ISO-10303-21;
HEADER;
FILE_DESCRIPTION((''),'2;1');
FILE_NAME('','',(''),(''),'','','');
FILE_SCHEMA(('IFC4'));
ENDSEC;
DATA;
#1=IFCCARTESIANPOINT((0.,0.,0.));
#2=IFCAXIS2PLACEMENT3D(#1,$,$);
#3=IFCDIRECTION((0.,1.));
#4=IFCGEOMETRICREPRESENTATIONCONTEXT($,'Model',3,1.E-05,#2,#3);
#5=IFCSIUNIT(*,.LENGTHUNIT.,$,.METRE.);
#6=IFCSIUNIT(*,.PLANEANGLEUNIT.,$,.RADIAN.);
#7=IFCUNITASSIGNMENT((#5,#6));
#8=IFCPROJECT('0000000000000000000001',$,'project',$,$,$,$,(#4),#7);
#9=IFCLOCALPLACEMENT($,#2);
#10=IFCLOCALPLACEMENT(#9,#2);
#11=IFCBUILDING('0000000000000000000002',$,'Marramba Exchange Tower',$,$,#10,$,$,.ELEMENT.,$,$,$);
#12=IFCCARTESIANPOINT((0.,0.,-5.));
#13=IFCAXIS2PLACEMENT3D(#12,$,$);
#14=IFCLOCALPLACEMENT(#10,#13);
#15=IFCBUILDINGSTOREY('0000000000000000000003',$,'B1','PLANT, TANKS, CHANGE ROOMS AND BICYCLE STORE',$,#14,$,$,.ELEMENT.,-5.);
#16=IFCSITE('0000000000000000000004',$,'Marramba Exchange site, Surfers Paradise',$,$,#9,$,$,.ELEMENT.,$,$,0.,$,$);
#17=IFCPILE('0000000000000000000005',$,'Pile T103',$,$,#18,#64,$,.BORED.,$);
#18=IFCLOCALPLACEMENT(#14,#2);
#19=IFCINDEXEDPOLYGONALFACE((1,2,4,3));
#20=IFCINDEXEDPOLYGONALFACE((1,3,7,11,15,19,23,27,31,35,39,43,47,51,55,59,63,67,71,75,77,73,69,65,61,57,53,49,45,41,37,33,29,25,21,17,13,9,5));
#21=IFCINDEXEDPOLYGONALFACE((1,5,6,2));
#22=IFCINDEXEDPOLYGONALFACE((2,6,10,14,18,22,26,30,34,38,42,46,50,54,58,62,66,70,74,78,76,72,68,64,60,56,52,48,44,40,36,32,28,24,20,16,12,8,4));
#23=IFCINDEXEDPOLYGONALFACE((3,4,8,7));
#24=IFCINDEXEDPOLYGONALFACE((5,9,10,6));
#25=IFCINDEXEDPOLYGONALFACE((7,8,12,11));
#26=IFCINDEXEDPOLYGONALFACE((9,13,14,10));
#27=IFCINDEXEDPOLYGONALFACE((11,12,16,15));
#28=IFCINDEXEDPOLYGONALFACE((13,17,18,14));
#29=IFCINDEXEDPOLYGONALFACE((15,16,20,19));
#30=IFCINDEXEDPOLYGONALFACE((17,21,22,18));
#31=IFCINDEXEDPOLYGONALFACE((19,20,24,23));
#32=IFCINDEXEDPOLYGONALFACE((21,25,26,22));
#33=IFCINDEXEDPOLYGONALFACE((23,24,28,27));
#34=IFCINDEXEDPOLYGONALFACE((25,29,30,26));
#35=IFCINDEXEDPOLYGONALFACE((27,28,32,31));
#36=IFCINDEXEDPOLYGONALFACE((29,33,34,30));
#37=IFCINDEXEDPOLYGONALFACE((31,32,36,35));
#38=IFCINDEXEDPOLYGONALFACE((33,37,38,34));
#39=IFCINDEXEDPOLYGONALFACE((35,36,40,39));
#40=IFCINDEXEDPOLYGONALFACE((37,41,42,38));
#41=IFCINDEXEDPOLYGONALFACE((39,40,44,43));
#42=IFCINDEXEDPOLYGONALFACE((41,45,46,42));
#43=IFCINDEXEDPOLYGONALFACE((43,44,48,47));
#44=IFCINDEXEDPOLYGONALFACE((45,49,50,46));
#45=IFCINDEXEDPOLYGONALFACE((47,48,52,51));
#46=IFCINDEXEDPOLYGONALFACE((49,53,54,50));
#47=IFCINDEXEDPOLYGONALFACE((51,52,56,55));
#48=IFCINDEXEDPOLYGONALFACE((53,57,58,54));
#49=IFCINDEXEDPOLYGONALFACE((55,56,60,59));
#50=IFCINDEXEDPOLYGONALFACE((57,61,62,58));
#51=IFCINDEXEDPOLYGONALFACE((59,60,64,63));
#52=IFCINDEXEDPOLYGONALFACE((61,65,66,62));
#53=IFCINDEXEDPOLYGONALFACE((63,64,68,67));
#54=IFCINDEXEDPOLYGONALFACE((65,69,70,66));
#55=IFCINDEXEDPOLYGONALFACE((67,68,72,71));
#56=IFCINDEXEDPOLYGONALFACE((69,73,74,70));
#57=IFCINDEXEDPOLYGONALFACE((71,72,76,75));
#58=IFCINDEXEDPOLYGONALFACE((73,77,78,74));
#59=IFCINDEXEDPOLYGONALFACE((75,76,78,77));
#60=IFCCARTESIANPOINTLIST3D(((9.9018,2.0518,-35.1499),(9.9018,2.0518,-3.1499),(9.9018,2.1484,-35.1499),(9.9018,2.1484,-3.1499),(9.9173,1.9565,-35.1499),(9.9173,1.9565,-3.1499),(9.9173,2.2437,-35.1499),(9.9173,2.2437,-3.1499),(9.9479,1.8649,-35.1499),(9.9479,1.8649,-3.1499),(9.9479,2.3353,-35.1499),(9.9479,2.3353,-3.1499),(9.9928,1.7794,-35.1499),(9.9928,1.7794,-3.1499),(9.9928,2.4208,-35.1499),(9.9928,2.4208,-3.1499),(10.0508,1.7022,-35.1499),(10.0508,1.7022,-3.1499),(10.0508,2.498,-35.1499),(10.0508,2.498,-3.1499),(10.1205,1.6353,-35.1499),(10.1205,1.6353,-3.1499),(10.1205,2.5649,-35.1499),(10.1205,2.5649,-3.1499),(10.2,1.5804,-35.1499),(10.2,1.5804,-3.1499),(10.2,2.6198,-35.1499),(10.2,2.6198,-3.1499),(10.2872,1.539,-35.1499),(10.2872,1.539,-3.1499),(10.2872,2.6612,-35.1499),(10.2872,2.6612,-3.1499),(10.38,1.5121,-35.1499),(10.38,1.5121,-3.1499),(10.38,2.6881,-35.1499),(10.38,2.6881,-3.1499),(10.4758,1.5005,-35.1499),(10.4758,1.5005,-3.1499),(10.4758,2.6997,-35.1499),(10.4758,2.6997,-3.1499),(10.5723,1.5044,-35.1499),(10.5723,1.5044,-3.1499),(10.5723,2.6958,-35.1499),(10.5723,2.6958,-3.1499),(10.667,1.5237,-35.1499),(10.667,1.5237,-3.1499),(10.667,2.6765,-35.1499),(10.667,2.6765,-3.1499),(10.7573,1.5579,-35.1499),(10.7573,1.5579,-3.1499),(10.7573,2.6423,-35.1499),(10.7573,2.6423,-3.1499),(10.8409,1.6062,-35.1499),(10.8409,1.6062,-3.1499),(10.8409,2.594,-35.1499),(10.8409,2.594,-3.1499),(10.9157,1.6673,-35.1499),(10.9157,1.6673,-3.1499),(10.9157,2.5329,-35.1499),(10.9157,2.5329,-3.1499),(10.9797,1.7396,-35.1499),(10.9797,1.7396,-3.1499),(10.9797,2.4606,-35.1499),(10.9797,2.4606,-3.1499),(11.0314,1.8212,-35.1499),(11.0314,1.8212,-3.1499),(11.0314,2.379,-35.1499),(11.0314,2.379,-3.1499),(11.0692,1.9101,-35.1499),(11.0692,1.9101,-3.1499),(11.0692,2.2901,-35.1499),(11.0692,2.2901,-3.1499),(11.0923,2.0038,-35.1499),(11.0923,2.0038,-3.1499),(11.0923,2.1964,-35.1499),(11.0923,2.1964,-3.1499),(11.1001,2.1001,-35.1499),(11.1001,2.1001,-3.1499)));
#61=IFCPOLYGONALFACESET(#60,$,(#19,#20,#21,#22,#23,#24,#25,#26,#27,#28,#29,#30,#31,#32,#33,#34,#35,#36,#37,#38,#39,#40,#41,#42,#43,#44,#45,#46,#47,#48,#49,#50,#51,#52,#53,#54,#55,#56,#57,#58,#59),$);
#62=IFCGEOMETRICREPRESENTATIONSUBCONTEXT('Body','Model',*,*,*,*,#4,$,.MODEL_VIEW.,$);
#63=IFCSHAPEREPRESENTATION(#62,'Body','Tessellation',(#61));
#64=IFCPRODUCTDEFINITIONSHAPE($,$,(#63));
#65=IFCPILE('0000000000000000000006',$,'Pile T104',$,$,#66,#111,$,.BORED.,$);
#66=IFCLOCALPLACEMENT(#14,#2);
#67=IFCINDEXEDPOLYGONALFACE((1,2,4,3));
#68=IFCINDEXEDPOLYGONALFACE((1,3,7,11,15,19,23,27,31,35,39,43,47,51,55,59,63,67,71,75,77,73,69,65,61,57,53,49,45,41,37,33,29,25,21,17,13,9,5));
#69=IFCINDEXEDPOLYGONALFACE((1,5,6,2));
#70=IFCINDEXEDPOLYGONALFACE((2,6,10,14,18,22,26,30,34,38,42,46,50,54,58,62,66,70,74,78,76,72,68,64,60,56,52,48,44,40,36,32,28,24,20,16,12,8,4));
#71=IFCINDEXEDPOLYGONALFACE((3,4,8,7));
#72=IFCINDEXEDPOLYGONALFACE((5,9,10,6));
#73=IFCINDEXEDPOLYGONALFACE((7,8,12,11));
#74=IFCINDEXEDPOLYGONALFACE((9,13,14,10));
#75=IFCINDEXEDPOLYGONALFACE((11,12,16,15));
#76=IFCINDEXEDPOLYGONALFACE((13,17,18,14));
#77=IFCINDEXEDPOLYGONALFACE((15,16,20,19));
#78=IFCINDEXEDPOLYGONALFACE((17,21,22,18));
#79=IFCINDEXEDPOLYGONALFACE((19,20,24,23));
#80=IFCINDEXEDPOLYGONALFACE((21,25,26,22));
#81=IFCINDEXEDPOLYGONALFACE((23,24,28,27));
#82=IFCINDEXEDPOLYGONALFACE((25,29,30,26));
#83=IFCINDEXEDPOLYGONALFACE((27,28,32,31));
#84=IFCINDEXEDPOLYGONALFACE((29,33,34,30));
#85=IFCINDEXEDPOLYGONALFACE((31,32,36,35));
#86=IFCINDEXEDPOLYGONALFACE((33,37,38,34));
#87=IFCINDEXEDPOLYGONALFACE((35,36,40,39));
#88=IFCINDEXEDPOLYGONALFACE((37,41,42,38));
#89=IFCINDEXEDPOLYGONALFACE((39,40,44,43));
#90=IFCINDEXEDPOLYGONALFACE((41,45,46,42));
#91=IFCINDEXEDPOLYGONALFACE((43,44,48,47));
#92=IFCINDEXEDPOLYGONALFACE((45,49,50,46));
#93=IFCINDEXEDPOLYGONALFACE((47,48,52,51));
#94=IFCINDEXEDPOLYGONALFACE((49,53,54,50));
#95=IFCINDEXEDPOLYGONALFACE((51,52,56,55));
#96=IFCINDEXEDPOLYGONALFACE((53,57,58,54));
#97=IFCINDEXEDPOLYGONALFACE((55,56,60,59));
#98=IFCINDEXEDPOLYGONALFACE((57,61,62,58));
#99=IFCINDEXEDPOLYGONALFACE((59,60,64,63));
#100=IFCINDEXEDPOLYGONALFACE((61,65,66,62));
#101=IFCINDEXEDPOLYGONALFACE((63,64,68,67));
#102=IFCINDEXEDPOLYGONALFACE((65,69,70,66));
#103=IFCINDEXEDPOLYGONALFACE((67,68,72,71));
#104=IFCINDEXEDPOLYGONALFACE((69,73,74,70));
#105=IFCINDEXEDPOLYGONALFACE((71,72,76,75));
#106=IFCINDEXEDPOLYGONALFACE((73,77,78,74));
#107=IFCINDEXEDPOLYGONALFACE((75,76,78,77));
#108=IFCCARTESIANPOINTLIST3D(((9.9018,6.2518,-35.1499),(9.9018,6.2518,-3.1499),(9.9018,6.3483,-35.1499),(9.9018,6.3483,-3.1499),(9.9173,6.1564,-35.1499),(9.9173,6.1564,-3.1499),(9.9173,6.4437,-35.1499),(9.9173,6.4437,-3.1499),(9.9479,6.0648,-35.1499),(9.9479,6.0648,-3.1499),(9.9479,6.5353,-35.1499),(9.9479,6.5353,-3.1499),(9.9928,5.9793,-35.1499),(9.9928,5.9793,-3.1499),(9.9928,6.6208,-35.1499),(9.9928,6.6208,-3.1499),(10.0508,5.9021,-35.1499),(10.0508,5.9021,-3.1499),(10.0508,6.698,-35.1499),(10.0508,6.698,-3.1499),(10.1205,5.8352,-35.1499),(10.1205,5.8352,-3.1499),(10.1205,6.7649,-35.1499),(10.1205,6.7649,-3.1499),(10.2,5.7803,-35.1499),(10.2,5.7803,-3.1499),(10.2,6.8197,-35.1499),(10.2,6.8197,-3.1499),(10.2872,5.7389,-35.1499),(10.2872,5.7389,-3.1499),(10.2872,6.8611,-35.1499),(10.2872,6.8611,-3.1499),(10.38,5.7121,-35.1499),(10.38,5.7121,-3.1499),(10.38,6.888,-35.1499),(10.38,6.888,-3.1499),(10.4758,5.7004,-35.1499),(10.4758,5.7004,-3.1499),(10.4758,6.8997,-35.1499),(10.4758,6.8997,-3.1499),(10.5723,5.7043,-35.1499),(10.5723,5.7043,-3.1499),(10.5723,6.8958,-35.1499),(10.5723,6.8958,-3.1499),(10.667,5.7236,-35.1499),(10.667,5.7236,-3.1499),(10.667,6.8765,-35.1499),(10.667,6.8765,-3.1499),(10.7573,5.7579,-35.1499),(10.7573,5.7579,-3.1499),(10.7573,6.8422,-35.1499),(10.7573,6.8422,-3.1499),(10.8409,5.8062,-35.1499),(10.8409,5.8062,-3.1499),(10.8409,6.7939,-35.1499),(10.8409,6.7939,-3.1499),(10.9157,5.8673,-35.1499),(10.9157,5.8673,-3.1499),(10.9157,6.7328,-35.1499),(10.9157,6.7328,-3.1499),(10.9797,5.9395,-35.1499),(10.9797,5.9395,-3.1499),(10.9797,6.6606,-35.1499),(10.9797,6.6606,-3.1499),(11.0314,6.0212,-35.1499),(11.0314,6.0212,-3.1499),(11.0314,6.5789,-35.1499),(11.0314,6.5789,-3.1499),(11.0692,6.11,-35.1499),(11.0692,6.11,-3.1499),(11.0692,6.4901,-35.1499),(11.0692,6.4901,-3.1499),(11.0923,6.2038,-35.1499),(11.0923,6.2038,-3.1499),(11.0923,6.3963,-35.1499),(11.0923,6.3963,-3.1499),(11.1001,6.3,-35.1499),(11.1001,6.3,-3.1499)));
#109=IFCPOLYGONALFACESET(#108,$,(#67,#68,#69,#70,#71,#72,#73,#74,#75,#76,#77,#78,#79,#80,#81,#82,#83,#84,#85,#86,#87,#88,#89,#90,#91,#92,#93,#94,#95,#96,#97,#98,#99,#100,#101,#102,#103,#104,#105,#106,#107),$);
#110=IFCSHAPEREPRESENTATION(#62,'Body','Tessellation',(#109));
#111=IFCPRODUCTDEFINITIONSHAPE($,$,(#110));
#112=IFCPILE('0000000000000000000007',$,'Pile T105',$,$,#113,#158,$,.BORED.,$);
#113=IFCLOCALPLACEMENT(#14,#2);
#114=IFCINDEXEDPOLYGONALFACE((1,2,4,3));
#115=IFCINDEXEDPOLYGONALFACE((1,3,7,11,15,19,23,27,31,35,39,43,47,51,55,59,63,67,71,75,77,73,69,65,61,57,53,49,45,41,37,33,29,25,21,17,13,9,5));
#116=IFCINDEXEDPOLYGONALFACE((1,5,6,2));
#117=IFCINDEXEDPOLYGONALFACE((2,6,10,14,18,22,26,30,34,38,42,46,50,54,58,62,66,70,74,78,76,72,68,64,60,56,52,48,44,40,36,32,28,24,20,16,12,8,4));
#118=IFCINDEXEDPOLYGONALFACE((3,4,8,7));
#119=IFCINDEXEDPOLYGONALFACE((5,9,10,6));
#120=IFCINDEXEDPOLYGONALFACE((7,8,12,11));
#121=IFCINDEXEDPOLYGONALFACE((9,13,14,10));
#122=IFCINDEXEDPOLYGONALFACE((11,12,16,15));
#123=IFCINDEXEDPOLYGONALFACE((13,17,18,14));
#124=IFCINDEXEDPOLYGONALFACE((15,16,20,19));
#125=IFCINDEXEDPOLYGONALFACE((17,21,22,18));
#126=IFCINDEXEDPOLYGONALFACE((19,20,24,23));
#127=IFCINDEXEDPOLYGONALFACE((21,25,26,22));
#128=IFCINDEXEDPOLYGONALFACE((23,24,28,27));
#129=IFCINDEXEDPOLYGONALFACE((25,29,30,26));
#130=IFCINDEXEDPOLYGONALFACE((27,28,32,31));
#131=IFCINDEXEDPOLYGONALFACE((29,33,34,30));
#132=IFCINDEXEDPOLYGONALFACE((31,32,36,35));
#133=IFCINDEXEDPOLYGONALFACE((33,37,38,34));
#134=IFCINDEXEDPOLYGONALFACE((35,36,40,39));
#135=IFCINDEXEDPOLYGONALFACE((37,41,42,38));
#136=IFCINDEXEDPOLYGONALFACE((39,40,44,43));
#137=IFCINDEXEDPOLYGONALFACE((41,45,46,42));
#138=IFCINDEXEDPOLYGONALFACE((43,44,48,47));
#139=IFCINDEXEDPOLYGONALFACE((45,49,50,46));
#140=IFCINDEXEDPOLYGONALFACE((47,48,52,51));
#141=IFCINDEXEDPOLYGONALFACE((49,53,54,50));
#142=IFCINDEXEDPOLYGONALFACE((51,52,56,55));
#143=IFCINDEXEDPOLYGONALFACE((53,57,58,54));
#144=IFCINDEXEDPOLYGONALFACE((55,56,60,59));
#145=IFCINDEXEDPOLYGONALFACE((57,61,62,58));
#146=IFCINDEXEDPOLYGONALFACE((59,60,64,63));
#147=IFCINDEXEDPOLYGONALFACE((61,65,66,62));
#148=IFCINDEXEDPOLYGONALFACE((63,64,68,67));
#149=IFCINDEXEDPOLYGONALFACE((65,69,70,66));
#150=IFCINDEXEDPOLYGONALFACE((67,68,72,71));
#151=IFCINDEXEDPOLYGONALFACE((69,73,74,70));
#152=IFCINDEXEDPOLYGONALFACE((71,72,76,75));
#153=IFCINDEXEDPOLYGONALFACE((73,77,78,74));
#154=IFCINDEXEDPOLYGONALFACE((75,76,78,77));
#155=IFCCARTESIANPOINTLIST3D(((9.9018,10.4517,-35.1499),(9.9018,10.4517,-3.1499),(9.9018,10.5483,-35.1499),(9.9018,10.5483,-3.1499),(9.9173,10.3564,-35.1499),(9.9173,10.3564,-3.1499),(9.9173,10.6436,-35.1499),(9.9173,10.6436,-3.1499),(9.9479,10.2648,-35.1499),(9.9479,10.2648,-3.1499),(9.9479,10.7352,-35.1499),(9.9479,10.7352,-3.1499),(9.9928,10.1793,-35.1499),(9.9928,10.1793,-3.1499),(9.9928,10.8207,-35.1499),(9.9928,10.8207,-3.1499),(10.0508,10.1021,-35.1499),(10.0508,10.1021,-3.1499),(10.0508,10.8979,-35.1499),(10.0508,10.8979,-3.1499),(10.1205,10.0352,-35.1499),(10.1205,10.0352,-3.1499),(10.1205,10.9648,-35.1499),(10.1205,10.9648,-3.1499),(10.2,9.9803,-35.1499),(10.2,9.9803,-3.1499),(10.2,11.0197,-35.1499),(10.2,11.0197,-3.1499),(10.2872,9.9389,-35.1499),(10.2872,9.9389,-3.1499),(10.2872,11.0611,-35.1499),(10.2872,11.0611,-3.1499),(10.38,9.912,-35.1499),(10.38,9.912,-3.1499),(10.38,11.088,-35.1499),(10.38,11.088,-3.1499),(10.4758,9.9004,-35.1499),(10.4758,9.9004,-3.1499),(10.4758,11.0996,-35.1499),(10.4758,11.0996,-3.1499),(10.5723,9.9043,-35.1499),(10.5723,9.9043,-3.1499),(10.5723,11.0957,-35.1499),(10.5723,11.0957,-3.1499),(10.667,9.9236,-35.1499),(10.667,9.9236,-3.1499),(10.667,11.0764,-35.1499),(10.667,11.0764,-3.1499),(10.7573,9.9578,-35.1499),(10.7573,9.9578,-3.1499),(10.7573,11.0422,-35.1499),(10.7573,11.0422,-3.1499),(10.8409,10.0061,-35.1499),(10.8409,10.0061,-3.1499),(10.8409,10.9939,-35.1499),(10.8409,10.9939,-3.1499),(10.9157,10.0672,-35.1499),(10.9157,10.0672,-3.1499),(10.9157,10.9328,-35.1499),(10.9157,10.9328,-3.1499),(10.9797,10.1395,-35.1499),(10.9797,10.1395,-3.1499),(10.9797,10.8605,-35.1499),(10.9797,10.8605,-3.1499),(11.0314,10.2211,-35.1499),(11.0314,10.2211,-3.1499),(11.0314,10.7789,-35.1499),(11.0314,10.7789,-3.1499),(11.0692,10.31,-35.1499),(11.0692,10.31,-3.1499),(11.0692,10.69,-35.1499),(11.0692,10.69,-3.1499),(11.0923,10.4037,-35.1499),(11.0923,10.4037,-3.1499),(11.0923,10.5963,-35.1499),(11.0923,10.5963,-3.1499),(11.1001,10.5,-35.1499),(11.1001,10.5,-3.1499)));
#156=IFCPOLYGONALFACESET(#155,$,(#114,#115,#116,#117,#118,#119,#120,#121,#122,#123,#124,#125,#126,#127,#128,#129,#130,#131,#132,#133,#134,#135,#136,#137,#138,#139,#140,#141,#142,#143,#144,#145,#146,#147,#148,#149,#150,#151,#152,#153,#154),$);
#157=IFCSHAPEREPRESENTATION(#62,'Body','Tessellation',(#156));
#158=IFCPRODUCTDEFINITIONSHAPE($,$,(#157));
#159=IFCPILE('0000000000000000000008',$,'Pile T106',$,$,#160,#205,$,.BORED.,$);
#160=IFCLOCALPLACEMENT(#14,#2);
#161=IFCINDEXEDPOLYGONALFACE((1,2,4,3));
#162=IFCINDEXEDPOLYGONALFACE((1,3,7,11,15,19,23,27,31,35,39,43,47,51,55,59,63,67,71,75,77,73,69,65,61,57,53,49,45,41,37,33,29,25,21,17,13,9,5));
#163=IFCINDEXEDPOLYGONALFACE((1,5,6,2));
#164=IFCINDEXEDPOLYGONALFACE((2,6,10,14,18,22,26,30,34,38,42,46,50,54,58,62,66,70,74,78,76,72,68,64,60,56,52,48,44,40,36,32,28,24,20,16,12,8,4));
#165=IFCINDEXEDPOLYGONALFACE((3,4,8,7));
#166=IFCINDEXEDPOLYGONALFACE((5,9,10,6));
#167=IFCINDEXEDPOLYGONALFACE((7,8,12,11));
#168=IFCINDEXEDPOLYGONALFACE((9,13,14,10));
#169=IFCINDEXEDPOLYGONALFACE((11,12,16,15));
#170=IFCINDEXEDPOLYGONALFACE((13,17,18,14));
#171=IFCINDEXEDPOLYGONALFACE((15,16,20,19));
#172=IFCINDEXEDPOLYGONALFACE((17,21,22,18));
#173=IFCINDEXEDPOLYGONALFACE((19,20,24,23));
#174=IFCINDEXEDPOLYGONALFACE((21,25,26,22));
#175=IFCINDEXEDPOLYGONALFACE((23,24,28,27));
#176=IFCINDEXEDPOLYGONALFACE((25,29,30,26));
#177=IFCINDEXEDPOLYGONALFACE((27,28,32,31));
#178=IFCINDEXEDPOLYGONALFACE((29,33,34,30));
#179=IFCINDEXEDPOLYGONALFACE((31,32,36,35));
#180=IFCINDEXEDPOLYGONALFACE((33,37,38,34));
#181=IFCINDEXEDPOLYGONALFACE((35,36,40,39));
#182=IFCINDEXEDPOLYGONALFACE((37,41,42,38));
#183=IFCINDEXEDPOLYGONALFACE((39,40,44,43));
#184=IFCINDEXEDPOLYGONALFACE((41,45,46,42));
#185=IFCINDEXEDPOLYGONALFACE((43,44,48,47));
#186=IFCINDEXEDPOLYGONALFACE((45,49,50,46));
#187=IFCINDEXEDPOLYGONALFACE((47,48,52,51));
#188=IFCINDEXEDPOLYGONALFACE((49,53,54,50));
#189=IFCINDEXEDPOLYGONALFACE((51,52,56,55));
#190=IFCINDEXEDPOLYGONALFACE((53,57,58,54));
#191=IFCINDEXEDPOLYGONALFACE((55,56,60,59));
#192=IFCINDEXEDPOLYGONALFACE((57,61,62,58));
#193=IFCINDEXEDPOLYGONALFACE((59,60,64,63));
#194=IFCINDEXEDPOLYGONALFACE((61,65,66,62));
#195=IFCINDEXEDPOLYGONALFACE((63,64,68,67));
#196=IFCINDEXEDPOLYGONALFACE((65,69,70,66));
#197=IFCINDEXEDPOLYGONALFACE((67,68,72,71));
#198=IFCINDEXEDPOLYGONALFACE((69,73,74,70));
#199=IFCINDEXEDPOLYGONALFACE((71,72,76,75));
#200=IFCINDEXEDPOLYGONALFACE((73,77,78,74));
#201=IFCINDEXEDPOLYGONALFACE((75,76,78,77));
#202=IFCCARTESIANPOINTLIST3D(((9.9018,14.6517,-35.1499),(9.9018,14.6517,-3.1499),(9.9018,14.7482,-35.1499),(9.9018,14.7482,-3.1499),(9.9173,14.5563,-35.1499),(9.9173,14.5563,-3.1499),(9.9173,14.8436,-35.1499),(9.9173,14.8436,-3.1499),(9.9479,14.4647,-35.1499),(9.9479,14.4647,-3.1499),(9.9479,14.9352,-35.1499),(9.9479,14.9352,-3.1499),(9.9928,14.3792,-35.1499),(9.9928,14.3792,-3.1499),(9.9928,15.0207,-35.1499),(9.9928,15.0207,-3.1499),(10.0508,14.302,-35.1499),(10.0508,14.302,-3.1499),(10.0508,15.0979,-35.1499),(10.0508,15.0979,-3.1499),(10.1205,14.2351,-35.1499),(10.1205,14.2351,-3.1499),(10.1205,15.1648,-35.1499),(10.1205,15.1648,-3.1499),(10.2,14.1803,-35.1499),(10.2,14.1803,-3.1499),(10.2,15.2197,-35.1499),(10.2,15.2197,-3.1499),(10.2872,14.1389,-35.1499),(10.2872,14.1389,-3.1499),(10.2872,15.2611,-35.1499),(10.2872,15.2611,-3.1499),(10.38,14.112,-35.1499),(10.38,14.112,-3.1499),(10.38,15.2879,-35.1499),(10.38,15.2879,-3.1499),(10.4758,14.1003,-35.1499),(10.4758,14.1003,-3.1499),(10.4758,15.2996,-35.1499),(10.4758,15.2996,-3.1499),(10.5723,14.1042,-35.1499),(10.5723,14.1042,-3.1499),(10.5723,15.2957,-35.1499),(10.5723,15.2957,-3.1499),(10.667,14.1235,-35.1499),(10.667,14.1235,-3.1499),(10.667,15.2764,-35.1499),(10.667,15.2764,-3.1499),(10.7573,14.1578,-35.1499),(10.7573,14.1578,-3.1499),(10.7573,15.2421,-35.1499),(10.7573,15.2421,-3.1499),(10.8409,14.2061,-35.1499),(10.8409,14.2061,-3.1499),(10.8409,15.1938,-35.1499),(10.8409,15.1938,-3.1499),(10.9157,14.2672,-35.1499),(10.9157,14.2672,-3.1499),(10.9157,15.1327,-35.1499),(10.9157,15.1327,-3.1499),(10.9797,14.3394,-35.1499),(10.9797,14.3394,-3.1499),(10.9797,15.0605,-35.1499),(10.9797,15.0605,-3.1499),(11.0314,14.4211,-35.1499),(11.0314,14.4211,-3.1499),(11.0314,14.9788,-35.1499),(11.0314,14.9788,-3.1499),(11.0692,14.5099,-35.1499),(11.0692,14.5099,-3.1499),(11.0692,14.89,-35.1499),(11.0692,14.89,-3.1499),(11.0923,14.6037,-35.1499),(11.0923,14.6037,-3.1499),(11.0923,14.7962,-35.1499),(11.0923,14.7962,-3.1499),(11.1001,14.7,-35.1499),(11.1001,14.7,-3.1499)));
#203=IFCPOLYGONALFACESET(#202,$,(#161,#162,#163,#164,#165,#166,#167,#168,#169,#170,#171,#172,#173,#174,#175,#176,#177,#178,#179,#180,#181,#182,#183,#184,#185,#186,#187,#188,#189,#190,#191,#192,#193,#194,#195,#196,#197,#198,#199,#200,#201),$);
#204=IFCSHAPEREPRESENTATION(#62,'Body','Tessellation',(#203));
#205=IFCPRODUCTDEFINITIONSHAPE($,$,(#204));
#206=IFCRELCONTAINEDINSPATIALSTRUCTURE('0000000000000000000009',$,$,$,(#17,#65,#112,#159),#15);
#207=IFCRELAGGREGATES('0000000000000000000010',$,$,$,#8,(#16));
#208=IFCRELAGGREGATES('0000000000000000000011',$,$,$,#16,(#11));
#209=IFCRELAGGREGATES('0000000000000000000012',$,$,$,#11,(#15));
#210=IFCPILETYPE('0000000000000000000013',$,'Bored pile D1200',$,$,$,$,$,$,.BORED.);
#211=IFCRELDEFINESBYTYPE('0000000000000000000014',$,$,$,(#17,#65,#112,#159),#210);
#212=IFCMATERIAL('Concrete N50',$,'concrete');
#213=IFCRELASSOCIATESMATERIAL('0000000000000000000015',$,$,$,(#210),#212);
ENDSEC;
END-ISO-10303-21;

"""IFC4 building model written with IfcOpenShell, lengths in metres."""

from ifc_helpers import new_model, si_unit, direction, frame, origin, origin_2d, place, context, subcontext, project, spatial, circle, extrude, material, material_profile, profile_set, type_object, element, save


model = new_model("IFC4")

# Units and contexts
model_context = context("Model", 3, precision=1e-05, world=origin(), true_north=direction((0.0, 1.0)))
body_context = subcontext(model_context, "Body", "Model", "MODEL_VIEW")
ifc_project = project(units=[si_unit("LENGTHUNIT", "METRE"), si_unit("PLANEANGLEUNIT", "RADIAN")], contexts=[model_context])

# Site, building, storey
site_placement = place(None, origin())
site = spatial("IfcSite", under=ifc_project, at=site_placement, Name="Marramba Exchange site, Surfers Paradise", CompositionType="ELEMENT", RefElevation=0.0)
building_placement = place(site_placement, origin())
building = spatial("IfcBuilding", under=site, at=building_placement, Name="Marramba Exchange Tower", CompositionType="ELEMENT")
storey_placement = place(building_placement, frame((0.0, 0.0, -5.0)))
storey = spatial("IfcBuildingStorey", under=building, at=storey_placement, Name="B1", Description="PLANT, TANKS, CHANGE ROOMS AND BICYCLE STORE", CompositionType="ELEMENT", Elevation=-5.0)

# Piles
ifc_material_1 = material(Name="Concrete N50", Category="concrete")
ifc_material_profile_1 = material_profile(ifc_material_1, circle(Radius=0.6001, at=origin_2d()), Name="BP D1200")
ifc_profile_set_1 = profile_set([ifc_material_profile_1], Name="Concrete N50")
pile_type = type_object("IfcPileType", Name="Bored pile D1200", PredefinedType="BORED", material=ifc_profile_set_1)
for number, where, z_axis, x_axis, name in (
    (1, (10.5, 2.1001, -3.1499), (0.0, 0.0, -1.0), (1.0, 0.0, 0.0), "Pile T103"),
    (2, (10.5, 6.3, -3.1499), (0.0, 0.0, -1.0), (1.0, 0.0, 0.0), "Pile T104"),
    (3, (10.5, 10.5, -3.1499), (0.0, 0.0, -1.0), (1.0, 0.0, 0.0), "Pile T105"),
    (4, (10.5, 14.7, -3.1499), (0.0, 0.0, -1.0), (1.0, 0.0, 0.0), "Pile T106"),
):
    element("IfcPile", number, at=place(storey_placement, frame(where, z_axis=z_axis, x_axis=x_axis)), inside=storey, type_object=pile_type, Name=name, PredefinedType="BORED", context=body_context, shape_type="SweptSolid", body=[
        extrude(circle(Radius=0.6001, at=origin_2d()), origin(), (0.0, 0.0, 1.0), 32.0),
    ])

save(model, "model.ifc")
